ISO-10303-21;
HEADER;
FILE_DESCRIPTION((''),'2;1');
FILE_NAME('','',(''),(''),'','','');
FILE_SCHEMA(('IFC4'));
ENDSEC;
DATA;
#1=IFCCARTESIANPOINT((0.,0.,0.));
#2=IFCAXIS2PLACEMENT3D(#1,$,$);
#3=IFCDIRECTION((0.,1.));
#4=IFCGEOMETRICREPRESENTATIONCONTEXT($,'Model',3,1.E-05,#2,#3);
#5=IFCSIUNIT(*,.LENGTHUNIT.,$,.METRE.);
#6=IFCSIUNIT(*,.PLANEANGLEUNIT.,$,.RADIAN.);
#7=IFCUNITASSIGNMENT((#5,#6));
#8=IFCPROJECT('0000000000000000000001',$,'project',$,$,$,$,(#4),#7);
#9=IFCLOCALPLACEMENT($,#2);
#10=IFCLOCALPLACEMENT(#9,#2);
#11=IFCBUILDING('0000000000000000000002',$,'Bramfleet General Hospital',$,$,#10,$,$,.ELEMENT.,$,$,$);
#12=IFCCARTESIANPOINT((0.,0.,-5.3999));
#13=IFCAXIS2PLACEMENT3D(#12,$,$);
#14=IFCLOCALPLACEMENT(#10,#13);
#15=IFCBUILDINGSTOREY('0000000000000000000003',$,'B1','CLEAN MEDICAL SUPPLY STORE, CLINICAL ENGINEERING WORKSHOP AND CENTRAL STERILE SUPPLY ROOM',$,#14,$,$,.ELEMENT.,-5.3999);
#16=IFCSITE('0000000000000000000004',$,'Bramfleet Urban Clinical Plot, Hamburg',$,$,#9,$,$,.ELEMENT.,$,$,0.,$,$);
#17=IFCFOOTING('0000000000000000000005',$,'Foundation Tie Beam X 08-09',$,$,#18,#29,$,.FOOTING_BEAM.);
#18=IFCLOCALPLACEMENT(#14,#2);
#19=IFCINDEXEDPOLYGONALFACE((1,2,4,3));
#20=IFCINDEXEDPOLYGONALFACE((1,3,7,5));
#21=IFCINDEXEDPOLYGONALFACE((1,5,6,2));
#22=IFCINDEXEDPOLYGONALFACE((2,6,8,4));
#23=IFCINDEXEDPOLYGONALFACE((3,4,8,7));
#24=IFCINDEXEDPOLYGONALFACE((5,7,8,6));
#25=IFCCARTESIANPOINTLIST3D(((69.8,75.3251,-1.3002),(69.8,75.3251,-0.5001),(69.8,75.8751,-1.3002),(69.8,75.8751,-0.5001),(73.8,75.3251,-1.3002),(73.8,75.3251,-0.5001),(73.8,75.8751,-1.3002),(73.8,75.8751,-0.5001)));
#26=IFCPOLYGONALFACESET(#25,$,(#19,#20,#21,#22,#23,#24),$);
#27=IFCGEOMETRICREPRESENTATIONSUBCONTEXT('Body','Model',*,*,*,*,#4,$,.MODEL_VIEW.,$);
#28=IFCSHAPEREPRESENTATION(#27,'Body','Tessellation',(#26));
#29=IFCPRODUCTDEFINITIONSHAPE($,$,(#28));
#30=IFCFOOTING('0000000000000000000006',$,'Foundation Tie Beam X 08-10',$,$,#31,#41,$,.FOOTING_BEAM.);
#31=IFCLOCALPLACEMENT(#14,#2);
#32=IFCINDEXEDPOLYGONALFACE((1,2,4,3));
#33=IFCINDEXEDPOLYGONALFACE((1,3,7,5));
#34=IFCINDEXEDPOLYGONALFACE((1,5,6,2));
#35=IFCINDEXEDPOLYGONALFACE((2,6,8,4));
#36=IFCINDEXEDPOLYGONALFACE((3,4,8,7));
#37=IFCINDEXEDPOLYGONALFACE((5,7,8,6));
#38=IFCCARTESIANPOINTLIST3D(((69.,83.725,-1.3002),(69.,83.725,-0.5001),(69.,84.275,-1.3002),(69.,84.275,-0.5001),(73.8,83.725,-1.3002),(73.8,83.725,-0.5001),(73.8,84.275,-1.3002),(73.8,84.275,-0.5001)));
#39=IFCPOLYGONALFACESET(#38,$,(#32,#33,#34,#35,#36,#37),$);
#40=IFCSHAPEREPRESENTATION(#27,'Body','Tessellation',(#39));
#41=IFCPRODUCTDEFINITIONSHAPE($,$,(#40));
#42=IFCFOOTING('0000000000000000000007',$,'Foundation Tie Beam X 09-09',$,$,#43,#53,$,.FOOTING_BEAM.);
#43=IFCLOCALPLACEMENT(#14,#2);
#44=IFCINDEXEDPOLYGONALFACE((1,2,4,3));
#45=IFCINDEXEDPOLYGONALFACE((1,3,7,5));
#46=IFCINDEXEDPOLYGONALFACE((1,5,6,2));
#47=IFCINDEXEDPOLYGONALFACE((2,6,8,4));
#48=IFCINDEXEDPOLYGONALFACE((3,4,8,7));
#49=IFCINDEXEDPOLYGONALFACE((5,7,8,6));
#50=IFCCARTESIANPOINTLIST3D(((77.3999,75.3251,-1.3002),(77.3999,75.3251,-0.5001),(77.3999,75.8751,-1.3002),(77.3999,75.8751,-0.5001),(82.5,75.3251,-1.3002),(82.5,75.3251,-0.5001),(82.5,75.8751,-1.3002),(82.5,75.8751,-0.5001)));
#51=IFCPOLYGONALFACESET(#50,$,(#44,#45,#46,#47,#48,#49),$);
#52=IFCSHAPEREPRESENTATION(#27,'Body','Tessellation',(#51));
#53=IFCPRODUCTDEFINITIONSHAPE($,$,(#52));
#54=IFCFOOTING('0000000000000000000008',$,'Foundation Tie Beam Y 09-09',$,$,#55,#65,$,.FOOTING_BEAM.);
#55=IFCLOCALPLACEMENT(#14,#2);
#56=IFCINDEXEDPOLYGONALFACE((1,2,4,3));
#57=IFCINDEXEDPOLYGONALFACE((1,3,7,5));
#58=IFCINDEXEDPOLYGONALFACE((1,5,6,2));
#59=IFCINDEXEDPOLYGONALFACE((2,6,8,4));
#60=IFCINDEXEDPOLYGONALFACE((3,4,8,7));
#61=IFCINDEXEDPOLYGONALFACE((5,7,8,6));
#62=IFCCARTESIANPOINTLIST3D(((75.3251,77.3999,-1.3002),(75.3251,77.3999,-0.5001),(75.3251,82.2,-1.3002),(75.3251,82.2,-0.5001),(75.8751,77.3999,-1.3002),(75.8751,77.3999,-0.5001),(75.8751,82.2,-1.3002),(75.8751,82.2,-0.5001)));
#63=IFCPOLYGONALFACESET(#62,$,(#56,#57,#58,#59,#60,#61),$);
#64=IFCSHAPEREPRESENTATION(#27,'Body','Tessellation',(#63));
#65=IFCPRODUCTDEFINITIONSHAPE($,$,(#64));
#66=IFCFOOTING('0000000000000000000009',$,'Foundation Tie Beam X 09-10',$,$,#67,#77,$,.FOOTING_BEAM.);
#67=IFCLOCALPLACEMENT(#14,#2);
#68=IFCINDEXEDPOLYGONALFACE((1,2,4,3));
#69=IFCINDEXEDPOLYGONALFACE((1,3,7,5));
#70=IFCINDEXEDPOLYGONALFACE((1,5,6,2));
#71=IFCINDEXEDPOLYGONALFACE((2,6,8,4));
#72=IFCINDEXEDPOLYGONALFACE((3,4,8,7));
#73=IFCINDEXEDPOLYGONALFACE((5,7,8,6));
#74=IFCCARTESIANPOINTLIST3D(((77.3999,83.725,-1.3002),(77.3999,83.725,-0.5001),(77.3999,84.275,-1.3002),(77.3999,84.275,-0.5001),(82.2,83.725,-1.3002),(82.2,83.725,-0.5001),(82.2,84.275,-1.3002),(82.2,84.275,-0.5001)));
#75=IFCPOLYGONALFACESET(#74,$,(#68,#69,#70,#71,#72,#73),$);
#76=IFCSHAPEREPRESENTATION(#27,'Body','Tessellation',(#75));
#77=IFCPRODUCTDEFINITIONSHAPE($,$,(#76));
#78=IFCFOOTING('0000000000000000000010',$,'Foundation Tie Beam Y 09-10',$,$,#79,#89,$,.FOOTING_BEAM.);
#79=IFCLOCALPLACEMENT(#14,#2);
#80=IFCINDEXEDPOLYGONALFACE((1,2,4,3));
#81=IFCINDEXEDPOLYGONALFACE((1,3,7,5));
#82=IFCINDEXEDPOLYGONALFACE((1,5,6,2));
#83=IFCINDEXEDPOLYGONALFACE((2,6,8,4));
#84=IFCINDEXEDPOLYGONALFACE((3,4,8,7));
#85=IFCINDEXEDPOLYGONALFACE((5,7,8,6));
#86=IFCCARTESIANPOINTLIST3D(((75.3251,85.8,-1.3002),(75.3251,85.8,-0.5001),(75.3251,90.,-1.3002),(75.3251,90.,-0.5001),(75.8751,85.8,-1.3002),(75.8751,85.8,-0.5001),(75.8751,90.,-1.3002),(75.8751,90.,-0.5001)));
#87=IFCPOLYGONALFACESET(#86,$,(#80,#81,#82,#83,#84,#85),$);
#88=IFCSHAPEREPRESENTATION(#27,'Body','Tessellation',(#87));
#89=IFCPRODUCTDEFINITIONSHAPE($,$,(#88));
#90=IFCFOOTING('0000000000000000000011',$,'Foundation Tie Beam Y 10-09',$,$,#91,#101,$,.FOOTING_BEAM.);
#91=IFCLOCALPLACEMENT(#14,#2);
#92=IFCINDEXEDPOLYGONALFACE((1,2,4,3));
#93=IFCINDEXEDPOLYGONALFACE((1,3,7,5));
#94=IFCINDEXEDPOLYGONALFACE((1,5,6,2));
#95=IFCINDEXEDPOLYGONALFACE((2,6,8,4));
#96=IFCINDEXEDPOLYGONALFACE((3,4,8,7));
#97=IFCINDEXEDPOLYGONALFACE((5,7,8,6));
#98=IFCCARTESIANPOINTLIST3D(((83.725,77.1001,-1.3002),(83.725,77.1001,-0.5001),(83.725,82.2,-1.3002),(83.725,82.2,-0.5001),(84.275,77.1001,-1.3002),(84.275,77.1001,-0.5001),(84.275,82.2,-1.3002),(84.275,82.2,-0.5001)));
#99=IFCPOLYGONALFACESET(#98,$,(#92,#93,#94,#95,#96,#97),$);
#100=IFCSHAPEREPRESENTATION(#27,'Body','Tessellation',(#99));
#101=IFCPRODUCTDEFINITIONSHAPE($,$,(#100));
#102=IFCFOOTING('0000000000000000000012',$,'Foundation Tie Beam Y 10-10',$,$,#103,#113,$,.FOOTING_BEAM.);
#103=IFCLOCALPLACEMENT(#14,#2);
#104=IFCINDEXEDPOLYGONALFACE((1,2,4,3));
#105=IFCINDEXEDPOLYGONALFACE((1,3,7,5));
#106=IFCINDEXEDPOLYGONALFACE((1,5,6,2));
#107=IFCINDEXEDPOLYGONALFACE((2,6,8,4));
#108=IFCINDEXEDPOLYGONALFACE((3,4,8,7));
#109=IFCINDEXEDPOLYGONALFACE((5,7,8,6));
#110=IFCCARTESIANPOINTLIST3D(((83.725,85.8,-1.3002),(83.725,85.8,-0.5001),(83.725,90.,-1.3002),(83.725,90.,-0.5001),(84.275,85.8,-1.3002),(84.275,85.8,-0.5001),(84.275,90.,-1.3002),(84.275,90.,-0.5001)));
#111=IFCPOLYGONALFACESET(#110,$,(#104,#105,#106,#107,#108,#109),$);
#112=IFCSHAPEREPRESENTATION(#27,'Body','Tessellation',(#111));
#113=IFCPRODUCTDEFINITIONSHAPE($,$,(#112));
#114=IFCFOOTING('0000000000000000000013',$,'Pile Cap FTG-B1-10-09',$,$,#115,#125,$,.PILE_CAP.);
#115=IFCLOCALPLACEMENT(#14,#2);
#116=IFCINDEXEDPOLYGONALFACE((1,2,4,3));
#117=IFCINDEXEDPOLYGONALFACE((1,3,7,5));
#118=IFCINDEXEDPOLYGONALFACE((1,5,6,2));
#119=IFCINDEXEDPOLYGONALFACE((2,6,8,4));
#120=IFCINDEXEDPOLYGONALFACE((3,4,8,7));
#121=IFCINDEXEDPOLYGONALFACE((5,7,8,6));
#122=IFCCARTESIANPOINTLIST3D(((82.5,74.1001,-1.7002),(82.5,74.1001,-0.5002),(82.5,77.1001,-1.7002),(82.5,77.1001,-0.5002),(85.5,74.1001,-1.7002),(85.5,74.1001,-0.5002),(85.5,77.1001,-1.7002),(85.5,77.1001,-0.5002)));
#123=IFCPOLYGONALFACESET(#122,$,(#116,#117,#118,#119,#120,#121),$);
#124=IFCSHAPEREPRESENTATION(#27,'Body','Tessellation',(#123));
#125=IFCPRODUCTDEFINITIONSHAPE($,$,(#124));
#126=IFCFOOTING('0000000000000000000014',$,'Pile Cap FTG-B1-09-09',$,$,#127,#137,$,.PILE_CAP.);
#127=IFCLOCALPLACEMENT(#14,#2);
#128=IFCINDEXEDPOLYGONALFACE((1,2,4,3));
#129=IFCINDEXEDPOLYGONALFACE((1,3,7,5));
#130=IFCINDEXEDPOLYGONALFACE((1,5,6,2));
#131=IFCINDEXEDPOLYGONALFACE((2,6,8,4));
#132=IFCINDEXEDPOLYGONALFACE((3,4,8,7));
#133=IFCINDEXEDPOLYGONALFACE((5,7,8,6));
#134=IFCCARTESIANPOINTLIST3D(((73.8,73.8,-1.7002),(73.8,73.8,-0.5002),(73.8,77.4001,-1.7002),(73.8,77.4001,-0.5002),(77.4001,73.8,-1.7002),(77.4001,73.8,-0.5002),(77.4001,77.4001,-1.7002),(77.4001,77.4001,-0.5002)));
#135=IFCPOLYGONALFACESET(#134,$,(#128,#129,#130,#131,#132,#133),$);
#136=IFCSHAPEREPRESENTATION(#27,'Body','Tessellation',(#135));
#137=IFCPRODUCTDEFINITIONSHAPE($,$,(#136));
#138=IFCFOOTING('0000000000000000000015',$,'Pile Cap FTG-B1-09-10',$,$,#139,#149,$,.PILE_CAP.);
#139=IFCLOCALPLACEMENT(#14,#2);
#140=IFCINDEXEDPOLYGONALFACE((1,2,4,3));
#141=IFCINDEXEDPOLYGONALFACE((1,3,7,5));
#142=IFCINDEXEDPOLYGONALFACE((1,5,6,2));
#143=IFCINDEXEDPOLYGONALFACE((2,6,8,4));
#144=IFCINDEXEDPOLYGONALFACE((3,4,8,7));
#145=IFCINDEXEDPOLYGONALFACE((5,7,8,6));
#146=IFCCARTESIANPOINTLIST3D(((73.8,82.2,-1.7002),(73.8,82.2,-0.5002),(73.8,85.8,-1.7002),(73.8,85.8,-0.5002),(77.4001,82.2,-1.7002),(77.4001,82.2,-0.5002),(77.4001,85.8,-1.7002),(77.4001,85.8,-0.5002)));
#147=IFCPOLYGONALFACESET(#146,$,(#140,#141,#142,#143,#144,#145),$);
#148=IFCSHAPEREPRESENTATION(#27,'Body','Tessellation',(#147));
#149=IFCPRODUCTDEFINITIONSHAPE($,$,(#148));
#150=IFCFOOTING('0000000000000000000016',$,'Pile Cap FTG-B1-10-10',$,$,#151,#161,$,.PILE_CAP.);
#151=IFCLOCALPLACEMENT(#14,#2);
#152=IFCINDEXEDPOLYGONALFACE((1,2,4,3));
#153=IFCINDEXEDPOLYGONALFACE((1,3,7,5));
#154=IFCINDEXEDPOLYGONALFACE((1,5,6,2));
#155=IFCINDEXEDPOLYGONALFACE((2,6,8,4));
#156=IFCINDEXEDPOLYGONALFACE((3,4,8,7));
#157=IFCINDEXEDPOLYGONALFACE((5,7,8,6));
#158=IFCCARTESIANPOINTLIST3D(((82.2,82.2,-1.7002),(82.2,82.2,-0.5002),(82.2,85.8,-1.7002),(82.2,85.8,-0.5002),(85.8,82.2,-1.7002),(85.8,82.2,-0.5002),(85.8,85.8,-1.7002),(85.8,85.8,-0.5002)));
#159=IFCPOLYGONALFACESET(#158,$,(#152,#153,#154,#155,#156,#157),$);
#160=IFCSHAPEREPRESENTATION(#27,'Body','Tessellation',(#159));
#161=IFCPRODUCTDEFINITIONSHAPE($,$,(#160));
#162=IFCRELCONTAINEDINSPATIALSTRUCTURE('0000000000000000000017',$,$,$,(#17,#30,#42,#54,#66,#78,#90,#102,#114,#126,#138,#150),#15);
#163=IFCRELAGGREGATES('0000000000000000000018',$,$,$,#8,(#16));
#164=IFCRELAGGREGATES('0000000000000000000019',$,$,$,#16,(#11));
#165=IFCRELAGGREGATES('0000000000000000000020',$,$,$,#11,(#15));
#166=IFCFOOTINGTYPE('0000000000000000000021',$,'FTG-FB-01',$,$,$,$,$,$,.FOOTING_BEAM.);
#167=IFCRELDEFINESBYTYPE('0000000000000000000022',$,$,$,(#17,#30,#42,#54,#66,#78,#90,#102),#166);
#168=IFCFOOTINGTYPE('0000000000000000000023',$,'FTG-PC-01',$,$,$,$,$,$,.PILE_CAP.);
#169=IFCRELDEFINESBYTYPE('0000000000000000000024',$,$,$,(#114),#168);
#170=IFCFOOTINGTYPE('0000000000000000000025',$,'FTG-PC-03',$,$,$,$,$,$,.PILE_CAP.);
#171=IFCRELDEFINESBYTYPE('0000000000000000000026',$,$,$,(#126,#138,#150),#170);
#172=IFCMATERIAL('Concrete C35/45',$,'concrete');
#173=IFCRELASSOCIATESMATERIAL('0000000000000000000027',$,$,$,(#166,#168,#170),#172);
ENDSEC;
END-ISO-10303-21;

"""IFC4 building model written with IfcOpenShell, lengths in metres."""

from ifc_helpers import new_model, si_unit, direction, frame, origin, origin_2d, place, context, subcontext, project, spatial, rectangle, extrude, material, material_profile, profile_set, type_object, element, save


model = new_model("IFC4")

# Units and contexts
model_context = context("Model", 3, precision=1e-05, world=origin(), true_north=direction((0.0, 1.0)))
body_context = subcontext(model_context, "Body", "Model", "MODEL_VIEW")
ifc_project = project(units=[si_unit("LENGTHUNIT", "METRE"), si_unit("PLANEANGLEUNIT", "RADIAN")], contexts=[model_context])

# Site, building, storey
site_placement = place(None, origin())
site = spatial("IfcSite", under=ifc_project, at=site_placement, Name="Bramfleet Urban Clinical Plot, Hamburg", CompositionType="ELEMENT", RefElevation=0.0)
building_placement = place(site_placement, origin())
building = spatial("IfcBuilding", under=site, at=building_placement, Name="Bramfleet General Hospital", CompositionType="ELEMENT")
storey_placement = place(building_placement, frame((0.0, 0.0, -5.3999)))
storey = spatial("IfcBuildingStorey", under=building, at=storey_placement, Name="B1", Description="CLEAN MEDICAL SUPPLY STORE, CLINICAL ENGINEERING WORKSHOP AND CENTRAL STERILE SUPPLY ROOM", CompositionType="ELEMENT", Elevation=-5.3999)

# Footings
ifc_material_1 = material(Name="Concrete C35/45", Category="concrete")
ifc_material_profile_1 = material_profile(ifc_material_1, rectangle(XDim=0.55, YDim=0.8, at=origin_2d()), Name="RC FB 800x550")
ifc_profile_set_1 = profile_set([ifc_material_profile_1], Name="Concrete C35/45")
footing_type_1 = type_object("IfcFootingType", Name="FTG-FB-01", PredefinedType="FOOTING_BEAM", material=ifc_profile_set_1)
footing_1_placement = place(storey_placement, frame((69.8, 75.6001, -0.9001), z_axis=(1.0, 0.0, 0.0), x_axis=(0.0, 1.0, 0.0)))
element("IfcFooting", 1, at=footing_1_placement, inside=storey, type_object=footing_type_1, Name="Foundation Tie Beam X 08-09", PredefinedType="FOOTING_BEAM", context=body_context, shape_type="SweptSolid", body=[
    extrude(rectangle(XDim=0.55, YDim=0.8, at=origin_2d()), origin(), (0.0, 0.0, 1.0), 4.0),
])
footing_2_placement = place(storey_placement, frame((69.0, 84.0, -0.9001), z_axis=(1.0, 0.0, 0.0), x_axis=(0.0, 1.0, 0.0)))
element("IfcFooting", 2, at=footing_2_placement, inside=storey, type_object=footing_type_1, Name="Foundation Tie Beam X 08-10", PredefinedType="FOOTING_BEAM", context=body_context, shape_type="SweptSolid", body=[
    extrude(rectangle(XDim=0.55, YDim=0.8, at=origin_2d()), origin(), (0.0, 0.0, 1.0), 4.8),
])
footing_3_placement = place(storey_placement, frame((77.3999, 75.6001, -0.9001), z_axis=(1.0, 0.0, 0.0), x_axis=(0.0, 1.0, 0.0)))
element("IfcFooting", 3, at=footing_3_placement, inside=storey, type_object=footing_type_1, Name="Foundation Tie Beam X 09-09", PredefinedType="FOOTING_BEAM", context=body_context, shape_type="SweptSolid", body=[
    extrude(rectangle(XDim=0.55, YDim=0.8, at=origin_2d()), origin(), (0.0, 0.0, 1.0), 5.1001),
])
for number, where, z_axis, x_axis, name in (
    (4, (75.6001, 77.3999, -0.9001), (0.0, 1.0, 0.0), (-1.0, 0.0, 0.0), "Foundation Tie Beam Y 09-09"),
    (5, (77.3999, 84.0, -0.9001), (1.0, 0.0, 0.0), (0.0, 1.0, 0.0), "Foundation Tie Beam X 09-10"),
):
    element("IfcFooting", number, at=place(storey_placement, frame(where, z_axis=z_axis, x_axis=x_axis)), inside=storey, type_object=footing_type_1, Name=name, PredefinedType="FOOTING_BEAM", context=body_context, shape_type="SweptSolid", body=[
        extrude(rectangle(XDim=0.55, YDim=0.8, at=origin_2d()), origin(), (0.0, 0.0, 1.0), 4.8),
    ])
footing_4_placement = place(storey_placement, frame((75.6001, 85.8, -0.9001), z_axis=(0.0, 1.0, 0.0), x_axis=(-1.0, 0.0, 0.0)))
element("IfcFooting", 6, at=footing_4_placement, inside=storey, type_object=footing_type_1, Name="Foundation Tie Beam Y 09-10", PredefinedType="FOOTING_BEAM", context=body_context, shape_type="SweptSolid", body=[
    extrude(rectangle(XDim=0.55, YDim=0.8, at=origin_2d()), origin(), (0.0, 0.0, 1.0), 4.2),
])
footing_5_placement = place(storey_placement, frame((84.0, 77.1001, -0.9001), z_axis=(0.0, 1.0, 0.0), x_axis=(-1.0, 0.0, 0.0)))
element("IfcFooting", 7, at=footing_5_placement, inside=storey, type_object=footing_type_1, Name="Foundation Tie Beam Y 10-09", PredefinedType="FOOTING_BEAM", context=body_context, shape_type="SweptSolid", body=[
    extrude(rectangle(XDim=0.55, YDim=0.8, at=origin_2d()), origin(), (0.0, 0.0, 1.0), 5.0999),
])
footing_6_placement = place(storey_placement, frame((84.0, 85.8, -0.9001), z_axis=(0.0, 1.0, 0.0), x_axis=(-1.0, 0.0, 0.0)))
element("IfcFooting", 8, at=footing_6_placement, inside=storey, type_object=footing_type_1, Name="Foundation Tie Beam Y 10-10", PredefinedType="FOOTING_BEAM", context=body_context, shape_type="SweptSolid", body=[
    extrude(rectangle(XDim=0.55, YDim=0.8, at=origin_2d()), origin(), (0.0, 0.0, 1.0), 4.2),
])
footing_type_2 = type_object("IfcFootingType", Name="FTG-PC-01", PredefinedType="PILE_CAP", material=ifc_material_1)
footing_7_placement = place(storey_placement, frame((84.0, 75.6001, -1.7002), z_axis=(0.0, 0.0, 1.0), x_axis=(1.0, 0.0, 0.0)))
element("IfcFooting", 9, at=footing_7_placement, inside=storey, type_object=footing_type_2, Name="Pile Cap FTG-B1-10-09", PredefinedType="PILE_CAP", context=body_context, shape_type="SweptSolid", body=[
    extrude(rectangle(XDim=3.0, YDim=3.0, at=origin_2d()), origin(), (0.0, 0.0, 1.0), 1.2),
])
footing_type_3 = type_object("IfcFootingType", Name="FTG-PC-03", PredefinedType="PILE_CAP", material=ifc_material_1)
for number, where, z_axis, x_axis, name in (
    (10, (75.6001, 75.6001, -1.7002), (0.0, 0.0, 1.0), (1.0, 0.0, 0.0), "Pile Cap FTG-B1-09-09"),
    (11, (75.6001, 84.0, -1.7002), (0.0, 0.0, 1.0), (1.0, 0.0, 0.0), "Pile Cap FTG-B1-09-10"),
    (12, (84.0, 84.0, -1.7002), (0.0, 0.0, 1.0), (1.0, 0.0, 0.0), "Pile Cap FTG-B1-10-10"),
):
    element("IfcFooting", number, at=place(storey_placement, frame(where, z_axis=z_axis, x_axis=x_axis)), inside=storey, type_object=footing_type_3, Name=name, PredefinedType="PILE_CAP", context=body_context, shape_type="SweptSolid", body=[
        extrude(rectangle(XDim=3.6001, YDim=3.6001, at=origin_2d()), origin(), (0.0, 0.0, 1.0), 1.2),
    ])

save(model, "model.ifc")
